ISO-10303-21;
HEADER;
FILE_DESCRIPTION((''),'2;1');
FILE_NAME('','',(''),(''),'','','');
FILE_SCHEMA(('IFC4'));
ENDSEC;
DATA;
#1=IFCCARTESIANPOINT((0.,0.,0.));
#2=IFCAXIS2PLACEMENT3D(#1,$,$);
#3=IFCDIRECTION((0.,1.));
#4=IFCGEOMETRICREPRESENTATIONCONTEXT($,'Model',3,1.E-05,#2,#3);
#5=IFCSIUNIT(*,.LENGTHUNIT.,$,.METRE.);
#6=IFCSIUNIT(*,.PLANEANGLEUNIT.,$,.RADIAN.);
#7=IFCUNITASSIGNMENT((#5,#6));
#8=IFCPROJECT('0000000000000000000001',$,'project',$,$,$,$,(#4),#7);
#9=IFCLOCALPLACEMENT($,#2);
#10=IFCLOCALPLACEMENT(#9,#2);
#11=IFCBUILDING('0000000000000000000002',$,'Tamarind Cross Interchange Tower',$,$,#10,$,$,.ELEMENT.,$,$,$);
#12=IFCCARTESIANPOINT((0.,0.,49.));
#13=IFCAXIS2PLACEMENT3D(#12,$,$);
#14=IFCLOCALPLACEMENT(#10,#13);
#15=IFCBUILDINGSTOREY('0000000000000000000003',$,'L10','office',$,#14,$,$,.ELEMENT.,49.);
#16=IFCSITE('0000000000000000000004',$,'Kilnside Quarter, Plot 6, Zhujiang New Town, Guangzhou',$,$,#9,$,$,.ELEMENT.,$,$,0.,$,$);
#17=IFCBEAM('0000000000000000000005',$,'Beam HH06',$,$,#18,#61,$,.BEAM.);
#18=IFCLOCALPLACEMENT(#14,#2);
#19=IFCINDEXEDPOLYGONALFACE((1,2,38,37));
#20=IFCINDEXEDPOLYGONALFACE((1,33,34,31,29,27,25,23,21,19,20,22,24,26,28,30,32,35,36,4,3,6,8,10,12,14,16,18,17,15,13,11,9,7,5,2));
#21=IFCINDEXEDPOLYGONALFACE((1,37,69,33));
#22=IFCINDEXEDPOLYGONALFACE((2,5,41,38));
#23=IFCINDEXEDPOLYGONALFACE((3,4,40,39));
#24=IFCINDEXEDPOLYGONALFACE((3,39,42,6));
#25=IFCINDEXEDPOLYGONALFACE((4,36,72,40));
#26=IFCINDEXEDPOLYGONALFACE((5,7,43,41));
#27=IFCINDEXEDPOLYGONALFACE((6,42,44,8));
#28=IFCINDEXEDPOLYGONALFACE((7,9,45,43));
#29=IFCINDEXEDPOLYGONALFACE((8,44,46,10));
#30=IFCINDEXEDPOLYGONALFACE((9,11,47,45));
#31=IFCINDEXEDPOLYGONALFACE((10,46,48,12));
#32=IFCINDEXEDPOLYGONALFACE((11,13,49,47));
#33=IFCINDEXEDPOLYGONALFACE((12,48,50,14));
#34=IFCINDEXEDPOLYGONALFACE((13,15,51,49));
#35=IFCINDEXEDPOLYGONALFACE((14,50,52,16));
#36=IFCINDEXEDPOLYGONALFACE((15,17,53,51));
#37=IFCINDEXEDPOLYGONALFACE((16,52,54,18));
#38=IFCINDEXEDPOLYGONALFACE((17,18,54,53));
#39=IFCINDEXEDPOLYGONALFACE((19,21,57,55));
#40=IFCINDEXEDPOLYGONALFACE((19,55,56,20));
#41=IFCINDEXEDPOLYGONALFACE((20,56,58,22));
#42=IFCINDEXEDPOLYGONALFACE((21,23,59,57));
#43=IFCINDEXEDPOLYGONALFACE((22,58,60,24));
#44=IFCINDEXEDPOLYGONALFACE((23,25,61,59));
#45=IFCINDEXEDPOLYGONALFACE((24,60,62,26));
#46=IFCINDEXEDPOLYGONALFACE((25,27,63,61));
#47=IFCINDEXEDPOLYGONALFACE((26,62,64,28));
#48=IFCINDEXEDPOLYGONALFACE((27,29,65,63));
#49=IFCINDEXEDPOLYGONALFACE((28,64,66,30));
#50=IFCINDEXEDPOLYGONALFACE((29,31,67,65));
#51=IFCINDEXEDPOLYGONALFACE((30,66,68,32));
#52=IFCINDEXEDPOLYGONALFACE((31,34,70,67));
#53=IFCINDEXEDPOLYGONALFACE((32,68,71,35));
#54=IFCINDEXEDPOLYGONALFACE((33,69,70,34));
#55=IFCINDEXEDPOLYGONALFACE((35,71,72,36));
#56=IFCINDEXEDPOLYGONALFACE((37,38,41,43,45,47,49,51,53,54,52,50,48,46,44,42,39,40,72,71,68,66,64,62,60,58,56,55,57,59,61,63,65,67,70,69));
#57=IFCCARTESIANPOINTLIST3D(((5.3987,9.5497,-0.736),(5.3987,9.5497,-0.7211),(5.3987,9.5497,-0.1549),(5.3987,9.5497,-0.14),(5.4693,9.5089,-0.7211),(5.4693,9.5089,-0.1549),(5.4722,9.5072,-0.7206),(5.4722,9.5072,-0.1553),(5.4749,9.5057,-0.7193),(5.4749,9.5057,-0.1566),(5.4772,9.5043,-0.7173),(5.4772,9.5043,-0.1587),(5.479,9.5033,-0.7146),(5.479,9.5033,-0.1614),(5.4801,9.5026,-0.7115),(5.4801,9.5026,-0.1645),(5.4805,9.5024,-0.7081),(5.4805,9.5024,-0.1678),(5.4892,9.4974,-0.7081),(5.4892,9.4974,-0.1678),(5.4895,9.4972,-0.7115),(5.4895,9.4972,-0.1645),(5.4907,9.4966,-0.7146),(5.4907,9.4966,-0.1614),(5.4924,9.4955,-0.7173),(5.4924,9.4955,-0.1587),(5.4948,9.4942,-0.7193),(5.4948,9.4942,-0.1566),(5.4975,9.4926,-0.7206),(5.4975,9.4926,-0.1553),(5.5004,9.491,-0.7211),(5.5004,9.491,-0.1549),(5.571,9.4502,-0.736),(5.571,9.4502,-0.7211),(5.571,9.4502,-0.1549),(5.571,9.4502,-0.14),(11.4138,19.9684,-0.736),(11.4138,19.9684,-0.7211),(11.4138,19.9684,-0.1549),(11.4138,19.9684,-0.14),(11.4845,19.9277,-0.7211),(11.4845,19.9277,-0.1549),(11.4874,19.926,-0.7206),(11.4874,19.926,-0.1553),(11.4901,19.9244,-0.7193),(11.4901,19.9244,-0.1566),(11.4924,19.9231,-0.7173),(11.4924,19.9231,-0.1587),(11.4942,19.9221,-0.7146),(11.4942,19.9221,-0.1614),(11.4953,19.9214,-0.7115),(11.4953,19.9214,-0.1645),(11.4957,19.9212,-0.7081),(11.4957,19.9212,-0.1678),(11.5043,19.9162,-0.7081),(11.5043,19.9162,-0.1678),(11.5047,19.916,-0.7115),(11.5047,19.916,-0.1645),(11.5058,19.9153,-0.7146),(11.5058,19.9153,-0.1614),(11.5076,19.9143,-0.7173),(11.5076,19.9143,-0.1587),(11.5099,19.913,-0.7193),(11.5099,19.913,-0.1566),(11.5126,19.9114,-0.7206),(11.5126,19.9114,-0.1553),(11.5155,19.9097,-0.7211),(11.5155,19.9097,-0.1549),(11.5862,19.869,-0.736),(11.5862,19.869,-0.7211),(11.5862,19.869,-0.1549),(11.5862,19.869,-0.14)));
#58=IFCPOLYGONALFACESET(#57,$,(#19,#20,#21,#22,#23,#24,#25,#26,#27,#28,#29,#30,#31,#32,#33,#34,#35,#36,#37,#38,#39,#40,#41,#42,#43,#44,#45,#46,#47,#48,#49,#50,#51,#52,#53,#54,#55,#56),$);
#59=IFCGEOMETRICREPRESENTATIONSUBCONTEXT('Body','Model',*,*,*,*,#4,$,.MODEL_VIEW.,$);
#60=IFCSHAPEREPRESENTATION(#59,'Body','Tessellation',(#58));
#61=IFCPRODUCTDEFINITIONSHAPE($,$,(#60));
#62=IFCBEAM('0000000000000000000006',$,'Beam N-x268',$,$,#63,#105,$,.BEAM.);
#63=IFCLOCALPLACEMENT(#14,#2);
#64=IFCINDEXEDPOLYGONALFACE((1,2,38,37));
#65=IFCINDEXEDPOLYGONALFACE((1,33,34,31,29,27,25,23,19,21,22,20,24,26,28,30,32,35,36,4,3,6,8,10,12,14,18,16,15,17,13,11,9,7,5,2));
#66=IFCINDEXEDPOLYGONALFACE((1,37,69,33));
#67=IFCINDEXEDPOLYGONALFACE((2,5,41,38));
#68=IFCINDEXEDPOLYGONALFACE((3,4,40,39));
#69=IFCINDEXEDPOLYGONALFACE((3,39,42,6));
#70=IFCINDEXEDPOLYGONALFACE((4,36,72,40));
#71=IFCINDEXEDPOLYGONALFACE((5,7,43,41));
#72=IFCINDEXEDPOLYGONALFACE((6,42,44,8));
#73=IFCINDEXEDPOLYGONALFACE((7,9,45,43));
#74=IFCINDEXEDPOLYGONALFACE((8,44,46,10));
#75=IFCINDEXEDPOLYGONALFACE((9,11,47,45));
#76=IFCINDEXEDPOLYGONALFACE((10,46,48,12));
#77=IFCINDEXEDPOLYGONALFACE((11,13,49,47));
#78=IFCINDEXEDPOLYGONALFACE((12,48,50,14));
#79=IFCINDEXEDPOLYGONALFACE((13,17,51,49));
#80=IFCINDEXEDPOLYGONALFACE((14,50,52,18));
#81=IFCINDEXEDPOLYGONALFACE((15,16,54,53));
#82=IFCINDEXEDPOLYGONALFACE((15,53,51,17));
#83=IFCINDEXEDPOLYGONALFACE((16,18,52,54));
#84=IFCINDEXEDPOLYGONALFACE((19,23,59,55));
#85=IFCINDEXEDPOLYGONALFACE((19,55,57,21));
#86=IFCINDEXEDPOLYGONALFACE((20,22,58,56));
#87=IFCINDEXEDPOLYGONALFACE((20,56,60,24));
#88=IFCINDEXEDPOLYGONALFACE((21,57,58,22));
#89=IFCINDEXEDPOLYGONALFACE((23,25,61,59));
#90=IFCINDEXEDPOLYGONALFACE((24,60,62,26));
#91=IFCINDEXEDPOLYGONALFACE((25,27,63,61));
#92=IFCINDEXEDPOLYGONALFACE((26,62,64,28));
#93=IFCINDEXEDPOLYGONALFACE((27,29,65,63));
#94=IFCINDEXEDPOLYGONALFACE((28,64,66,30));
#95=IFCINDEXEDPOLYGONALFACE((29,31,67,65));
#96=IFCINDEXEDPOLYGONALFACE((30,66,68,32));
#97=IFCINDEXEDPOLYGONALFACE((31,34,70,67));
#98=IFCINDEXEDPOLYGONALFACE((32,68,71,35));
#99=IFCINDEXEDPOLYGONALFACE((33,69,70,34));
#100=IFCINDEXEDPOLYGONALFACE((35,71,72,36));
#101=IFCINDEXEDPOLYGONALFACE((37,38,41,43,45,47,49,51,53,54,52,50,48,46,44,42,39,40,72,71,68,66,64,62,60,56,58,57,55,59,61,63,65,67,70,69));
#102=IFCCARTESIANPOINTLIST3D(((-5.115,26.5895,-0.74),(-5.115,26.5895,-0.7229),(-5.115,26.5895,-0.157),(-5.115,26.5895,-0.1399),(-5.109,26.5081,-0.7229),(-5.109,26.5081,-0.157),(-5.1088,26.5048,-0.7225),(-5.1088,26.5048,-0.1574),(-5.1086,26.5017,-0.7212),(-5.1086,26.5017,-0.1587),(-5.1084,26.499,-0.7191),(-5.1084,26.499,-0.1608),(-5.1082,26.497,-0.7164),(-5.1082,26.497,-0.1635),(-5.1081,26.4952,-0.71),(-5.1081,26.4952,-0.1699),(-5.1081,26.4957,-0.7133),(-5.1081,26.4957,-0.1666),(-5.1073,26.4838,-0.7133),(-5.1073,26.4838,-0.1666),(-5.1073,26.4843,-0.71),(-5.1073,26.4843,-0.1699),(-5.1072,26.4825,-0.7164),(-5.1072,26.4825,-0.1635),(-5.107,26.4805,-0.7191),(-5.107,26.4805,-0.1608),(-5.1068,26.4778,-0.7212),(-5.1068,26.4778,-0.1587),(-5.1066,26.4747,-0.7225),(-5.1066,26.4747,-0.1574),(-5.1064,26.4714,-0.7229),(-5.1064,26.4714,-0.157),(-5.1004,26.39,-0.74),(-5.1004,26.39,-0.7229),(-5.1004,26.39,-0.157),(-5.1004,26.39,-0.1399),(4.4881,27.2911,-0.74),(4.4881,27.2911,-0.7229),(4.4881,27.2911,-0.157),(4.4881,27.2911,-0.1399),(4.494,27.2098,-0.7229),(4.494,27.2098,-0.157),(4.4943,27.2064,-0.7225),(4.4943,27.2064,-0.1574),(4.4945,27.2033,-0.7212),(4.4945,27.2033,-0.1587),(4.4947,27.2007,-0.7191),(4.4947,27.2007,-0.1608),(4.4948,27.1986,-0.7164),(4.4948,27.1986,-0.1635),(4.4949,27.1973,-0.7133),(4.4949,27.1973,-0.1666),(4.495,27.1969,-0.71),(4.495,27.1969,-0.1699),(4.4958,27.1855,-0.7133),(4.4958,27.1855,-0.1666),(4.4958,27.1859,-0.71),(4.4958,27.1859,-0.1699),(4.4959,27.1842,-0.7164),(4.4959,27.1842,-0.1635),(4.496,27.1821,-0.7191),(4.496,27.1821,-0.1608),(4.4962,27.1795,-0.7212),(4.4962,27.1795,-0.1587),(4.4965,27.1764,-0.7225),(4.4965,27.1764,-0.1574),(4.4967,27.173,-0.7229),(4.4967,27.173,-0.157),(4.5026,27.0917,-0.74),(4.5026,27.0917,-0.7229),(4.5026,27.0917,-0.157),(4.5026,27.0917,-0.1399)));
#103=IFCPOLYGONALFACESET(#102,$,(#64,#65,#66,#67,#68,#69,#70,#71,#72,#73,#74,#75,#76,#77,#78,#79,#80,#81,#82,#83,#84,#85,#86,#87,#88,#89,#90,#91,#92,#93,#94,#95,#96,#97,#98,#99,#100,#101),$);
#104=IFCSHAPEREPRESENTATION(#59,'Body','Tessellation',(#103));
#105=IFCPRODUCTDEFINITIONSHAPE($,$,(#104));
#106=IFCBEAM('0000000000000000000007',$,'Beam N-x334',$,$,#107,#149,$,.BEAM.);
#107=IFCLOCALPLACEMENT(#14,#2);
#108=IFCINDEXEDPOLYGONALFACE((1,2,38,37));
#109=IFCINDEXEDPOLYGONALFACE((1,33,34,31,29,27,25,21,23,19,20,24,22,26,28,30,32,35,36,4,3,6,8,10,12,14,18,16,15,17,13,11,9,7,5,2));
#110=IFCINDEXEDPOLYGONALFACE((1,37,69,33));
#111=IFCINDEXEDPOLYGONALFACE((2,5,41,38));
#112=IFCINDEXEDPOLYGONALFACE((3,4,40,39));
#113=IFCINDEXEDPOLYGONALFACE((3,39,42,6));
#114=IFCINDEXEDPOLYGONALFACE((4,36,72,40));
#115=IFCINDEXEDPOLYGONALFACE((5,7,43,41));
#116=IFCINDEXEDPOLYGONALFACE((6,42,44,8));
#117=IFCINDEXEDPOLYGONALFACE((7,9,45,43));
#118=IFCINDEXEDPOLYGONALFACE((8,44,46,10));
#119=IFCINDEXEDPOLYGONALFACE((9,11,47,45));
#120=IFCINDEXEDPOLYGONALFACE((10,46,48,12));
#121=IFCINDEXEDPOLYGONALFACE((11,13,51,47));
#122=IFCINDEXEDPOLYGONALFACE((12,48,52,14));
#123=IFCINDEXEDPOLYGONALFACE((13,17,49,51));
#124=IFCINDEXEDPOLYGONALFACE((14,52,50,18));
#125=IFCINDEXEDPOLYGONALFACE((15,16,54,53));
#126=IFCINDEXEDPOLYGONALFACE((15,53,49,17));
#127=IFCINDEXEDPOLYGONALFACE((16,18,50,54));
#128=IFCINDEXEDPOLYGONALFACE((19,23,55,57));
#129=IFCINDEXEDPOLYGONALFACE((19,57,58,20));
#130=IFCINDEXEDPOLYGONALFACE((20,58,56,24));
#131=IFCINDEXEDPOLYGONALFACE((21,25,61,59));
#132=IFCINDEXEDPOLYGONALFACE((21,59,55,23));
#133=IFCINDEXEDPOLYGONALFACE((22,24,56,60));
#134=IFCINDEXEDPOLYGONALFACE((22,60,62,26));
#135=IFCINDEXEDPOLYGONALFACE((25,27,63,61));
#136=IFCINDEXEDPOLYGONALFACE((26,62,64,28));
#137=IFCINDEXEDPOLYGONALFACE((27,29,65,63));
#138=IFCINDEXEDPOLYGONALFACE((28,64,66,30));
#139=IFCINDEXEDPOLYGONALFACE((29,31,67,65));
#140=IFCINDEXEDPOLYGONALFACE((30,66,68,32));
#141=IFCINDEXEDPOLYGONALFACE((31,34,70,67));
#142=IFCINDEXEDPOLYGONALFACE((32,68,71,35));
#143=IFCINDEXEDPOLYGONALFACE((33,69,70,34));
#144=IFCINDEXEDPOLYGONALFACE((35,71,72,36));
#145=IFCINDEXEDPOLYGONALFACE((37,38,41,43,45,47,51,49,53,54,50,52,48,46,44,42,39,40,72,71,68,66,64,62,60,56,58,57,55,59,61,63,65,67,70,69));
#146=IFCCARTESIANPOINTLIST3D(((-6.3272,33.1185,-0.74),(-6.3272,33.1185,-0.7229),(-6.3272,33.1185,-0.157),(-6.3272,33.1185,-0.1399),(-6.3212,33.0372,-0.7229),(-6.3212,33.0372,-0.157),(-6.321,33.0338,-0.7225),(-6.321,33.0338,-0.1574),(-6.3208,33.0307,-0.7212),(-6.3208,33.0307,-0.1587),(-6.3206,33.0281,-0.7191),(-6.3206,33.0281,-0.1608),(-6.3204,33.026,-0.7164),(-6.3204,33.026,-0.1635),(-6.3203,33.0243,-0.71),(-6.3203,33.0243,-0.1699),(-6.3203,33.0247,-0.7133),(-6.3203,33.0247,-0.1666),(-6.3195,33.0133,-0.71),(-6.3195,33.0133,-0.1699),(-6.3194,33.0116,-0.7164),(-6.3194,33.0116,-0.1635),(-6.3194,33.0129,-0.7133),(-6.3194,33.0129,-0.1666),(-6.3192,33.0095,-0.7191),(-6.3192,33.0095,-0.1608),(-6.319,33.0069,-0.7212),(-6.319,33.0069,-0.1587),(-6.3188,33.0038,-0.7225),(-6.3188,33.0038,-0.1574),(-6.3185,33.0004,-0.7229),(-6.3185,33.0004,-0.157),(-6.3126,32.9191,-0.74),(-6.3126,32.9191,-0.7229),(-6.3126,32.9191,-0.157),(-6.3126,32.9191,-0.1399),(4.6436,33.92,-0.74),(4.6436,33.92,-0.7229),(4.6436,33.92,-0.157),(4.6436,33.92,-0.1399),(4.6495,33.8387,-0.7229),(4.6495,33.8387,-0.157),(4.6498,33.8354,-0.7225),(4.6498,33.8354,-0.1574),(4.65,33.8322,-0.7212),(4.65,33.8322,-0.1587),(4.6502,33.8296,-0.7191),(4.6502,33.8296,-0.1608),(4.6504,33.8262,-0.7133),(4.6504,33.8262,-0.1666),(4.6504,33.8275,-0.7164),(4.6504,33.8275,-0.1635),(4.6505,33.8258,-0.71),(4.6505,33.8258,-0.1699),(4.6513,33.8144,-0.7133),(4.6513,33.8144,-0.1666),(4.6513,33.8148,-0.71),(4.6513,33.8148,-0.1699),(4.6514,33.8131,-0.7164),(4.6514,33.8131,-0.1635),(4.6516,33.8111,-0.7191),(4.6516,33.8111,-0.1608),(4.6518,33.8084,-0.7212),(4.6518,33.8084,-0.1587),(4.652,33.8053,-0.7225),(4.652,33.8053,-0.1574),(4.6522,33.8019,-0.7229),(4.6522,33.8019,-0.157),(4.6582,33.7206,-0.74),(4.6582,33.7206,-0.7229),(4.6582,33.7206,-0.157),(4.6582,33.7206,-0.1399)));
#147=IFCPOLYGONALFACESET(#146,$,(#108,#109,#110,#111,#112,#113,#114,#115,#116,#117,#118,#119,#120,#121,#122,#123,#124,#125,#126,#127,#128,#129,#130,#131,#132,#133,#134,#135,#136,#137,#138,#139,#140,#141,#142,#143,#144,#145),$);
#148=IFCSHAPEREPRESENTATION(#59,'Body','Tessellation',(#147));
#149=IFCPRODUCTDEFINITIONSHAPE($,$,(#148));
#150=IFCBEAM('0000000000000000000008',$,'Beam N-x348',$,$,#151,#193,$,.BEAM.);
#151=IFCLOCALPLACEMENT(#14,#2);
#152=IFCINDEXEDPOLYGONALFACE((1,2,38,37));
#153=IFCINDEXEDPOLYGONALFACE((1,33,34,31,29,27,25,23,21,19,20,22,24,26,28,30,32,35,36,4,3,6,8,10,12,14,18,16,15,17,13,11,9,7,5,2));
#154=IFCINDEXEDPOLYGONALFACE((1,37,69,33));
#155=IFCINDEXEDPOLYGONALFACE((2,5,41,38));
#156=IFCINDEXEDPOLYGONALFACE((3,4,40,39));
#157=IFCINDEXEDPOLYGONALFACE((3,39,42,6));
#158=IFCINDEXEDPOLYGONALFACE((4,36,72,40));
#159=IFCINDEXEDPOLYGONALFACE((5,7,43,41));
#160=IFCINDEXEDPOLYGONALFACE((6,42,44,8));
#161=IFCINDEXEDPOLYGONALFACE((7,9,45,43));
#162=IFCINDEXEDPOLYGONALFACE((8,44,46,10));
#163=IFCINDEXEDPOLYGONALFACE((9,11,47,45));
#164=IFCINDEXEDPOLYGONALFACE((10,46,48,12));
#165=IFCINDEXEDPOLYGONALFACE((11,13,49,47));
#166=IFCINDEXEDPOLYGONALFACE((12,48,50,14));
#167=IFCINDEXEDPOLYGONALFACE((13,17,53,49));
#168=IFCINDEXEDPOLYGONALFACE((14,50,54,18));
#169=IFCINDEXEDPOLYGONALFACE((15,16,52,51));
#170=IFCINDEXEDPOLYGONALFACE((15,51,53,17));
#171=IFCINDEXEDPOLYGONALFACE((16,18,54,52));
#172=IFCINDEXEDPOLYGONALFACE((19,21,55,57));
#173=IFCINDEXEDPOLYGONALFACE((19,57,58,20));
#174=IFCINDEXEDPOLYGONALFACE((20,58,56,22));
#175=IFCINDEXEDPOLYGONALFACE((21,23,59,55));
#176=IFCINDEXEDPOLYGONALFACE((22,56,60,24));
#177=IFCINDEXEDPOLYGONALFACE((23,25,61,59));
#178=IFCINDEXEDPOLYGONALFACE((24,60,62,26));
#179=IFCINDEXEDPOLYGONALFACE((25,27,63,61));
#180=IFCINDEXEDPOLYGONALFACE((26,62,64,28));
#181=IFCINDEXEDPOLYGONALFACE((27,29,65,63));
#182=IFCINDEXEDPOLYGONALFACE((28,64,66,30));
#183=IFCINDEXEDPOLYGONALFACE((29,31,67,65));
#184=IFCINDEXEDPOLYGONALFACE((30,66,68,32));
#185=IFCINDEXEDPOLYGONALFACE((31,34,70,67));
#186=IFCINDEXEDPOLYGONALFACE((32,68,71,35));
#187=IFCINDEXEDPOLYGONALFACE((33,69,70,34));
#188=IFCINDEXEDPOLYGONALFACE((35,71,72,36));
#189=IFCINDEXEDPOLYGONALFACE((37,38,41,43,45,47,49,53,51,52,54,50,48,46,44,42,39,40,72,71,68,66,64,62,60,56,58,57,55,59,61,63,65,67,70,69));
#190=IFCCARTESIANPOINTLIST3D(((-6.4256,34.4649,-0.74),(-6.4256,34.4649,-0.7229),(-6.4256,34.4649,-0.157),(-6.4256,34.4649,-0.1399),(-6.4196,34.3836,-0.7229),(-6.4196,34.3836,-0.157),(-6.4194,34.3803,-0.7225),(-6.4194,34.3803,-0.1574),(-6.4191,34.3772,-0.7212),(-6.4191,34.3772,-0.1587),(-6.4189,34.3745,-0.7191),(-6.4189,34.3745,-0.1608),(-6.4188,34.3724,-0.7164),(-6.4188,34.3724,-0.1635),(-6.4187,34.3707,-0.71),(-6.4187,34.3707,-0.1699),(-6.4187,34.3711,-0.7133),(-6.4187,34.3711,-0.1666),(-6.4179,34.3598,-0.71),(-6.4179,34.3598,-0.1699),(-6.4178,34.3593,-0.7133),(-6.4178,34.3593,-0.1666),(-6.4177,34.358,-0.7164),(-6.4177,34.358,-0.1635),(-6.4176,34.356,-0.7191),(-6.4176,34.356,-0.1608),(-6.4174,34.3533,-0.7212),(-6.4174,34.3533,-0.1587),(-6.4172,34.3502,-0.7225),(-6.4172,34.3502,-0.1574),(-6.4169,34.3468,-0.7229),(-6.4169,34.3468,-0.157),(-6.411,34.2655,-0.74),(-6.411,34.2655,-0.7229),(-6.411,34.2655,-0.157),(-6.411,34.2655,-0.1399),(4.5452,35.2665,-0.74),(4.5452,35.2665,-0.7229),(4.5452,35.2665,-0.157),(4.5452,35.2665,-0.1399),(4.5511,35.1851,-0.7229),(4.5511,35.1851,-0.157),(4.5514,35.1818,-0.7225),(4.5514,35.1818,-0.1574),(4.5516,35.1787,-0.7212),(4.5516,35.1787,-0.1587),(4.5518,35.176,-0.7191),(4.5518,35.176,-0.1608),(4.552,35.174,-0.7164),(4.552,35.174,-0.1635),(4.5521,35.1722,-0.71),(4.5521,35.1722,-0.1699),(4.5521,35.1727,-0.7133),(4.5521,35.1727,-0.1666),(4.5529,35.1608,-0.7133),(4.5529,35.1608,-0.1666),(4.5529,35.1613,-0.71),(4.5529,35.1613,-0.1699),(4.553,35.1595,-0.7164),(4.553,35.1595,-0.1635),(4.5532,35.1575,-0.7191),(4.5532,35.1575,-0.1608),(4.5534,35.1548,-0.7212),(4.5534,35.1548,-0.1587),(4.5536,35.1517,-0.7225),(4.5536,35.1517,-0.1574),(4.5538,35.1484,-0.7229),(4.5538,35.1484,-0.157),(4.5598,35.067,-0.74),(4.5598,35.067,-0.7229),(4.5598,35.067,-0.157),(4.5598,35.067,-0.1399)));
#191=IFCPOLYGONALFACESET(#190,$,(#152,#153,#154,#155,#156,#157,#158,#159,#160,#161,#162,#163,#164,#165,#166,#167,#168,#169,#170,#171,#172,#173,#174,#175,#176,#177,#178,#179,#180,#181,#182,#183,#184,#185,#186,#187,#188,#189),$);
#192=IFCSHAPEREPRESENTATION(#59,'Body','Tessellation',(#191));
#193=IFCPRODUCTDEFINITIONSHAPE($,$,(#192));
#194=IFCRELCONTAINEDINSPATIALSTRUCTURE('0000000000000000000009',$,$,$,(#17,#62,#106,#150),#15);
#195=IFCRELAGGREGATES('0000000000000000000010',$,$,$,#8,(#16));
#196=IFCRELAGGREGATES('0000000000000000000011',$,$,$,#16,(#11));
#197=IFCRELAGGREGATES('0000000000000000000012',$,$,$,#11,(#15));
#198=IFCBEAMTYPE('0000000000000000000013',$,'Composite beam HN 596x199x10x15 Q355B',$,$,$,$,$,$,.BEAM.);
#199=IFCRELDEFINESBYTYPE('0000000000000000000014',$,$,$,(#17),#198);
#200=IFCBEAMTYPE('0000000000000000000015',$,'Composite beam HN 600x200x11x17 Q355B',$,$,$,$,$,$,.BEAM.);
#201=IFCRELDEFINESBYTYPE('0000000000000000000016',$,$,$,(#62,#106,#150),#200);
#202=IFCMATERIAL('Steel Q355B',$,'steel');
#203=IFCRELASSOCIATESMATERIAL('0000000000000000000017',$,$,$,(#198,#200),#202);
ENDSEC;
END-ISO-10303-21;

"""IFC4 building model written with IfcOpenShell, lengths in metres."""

from ifc_helpers import new_model, si_unit, direction, frame, origin, origin_2d, place, context, subcontext, project, spatial, i_section, extrude, material, material_profile, profile_set, type_object, element, save


model = new_model("IFC4")

# Units and contexts
model_context = context("Model", 3, precision=1e-05, world=origin(), true_north=direction((0.0, 1.0)))
body_context = subcontext(model_context, "Body", "Model", "MODEL_VIEW")
ifc_project = project(units=[si_unit("LENGTHUNIT", "METRE"), si_unit("PLANEANGLEUNIT", "RADIAN")], contexts=[model_context])

# Site, building, storey
site_placement = place(None, origin())
site = spatial("IfcSite", under=ifc_project, at=site_placement, Name="Kilnside Quarter, Plot 6, Zhujiang New Town, Guangzhou", CompositionType="ELEMENT", RefElevation=0.0)
building_placement = place(site_placement, origin())
building = spatial("IfcBuilding", under=site, at=building_placement, Name="Tamarind Cross Interchange Tower", CompositionType="ELEMENT")
storey_placement = place(building_placement, frame((0.0, 0.0, 49.0)))
storey = spatial("IfcBuildingStorey", under=building, at=storey_placement, Name="L10", Description="office", CompositionType="ELEMENT", Elevation=49.0)

# Beams
ifc_material_1 = material(Name="Steel Q355B", Category="steel")
ifc_material_profile_1 = material_profile(ifc_material_1, i_section(OverallWidth=0.199, OverallDepth=0.5959, WebThickness=0.01, FlangeThickness=0.0149, FilletRadius=0.0129, at=origin_2d()), Name="HN 596x199x10x15")
ifc_profile_set_1 = profile_set([ifc_material_profile_1], Name="Steel Q355B")
beam_type_1 = type_object("IfcBeamType", Name="Composite beam HN 596x199x10x15 Q355B", PredefinedType="BEAM", material=ifc_profile_set_1)
beam_1_placement = place(storey_placement, frame((11.5, 19.9187, -0.438), z_axis=(-0.499994, -0.866029, 0.0), x_axis=(0.866029, -0.499994, 0.0)))
element("IfcBeam", 1, at=beam_1_placement, inside=storey, type_object=beam_type_1, Name="Beam HH06", PredefinedType="BEAM", context=body_context, shape_type="SweptSolid", body=[
    extrude(i_section(OverallWidth=0.199, OverallDepth=0.5959, WebThickness=0.01, FlangeThickness=0.0149, FilletRadius=0.0129, at=origin_2d()), origin(), (0.0, 0.0, 1.0), 12.0305),
])
ifc_material_profile_2 = material_profile(ifc_material_1, i_section(OverallWidth=0.2, OverallDepth=0.6001, WebThickness=0.011, FlangeThickness=0.0171, FilletRadius=0.0129, at=origin_2d()), Name="HN 600x200x11x17")
ifc_profile_set_2 = profile_set([ifc_material_profile_2], Name="Steel Q355B")
beam_type_2 = type_object("IfcBeamType", Name="Composite beam HN 600x200x11x17 Q355B", PredefinedType="BEAM", material=ifc_profile_set_2)
beam_2_placement = place(storey_placement, frame((4.4954, 27.1914, -0.4399), z_axis=(-0.997341, -0.072872, 0.0), x_axis=(0.072872, -0.997341, 0.0)))
element("IfcBeam", 2, at=beam_2_placement, inside=storey, type_object=beam_type_2, Name="Beam N-x268", PredefinedType="BEAM", context=body_context, shape_type="SweptSolid", body=[
    extrude(i_section(OverallWidth=0.2, OverallDepth=0.6001, WebThickness=0.011, FlangeThickness=0.0171, FilletRadius=0.0129, at=origin_2d()), origin(), (0.0, 0.0, 1.0), 9.6287),
])
for number, where, z_axis, x_axis, name in (
    (3, (4.6509, 33.8203, -0.4399), (-0.997342, -0.072865, 0.0), (0.072865, -0.997342, 0.0), "Beam N-x334"),
    (4, (4.5525, 35.1667, -0.4399), (-0.997342, -0.072865, 0.0), (0.072865, -0.997342, 0.0), "Beam N-x348"),
):
    element("IfcBeam", number, at=place(storey_placement, frame(where, z_axis=z_axis, x_axis=x_axis)), inside=storey, type_object=beam_type_2, Name=name, PredefinedType="BEAM", context=body_context, shape_type="SweptSolid", body=[
        extrude(i_section(OverallWidth=0.2, OverallDepth=0.6001, WebThickness=0.011, FlangeThickness=0.0171, FilletRadius=0.0129, at=origin_2d()), origin(), (0.0, 0.0, 1.0), 11.0),
    ])

save(model, "model.ifc")
